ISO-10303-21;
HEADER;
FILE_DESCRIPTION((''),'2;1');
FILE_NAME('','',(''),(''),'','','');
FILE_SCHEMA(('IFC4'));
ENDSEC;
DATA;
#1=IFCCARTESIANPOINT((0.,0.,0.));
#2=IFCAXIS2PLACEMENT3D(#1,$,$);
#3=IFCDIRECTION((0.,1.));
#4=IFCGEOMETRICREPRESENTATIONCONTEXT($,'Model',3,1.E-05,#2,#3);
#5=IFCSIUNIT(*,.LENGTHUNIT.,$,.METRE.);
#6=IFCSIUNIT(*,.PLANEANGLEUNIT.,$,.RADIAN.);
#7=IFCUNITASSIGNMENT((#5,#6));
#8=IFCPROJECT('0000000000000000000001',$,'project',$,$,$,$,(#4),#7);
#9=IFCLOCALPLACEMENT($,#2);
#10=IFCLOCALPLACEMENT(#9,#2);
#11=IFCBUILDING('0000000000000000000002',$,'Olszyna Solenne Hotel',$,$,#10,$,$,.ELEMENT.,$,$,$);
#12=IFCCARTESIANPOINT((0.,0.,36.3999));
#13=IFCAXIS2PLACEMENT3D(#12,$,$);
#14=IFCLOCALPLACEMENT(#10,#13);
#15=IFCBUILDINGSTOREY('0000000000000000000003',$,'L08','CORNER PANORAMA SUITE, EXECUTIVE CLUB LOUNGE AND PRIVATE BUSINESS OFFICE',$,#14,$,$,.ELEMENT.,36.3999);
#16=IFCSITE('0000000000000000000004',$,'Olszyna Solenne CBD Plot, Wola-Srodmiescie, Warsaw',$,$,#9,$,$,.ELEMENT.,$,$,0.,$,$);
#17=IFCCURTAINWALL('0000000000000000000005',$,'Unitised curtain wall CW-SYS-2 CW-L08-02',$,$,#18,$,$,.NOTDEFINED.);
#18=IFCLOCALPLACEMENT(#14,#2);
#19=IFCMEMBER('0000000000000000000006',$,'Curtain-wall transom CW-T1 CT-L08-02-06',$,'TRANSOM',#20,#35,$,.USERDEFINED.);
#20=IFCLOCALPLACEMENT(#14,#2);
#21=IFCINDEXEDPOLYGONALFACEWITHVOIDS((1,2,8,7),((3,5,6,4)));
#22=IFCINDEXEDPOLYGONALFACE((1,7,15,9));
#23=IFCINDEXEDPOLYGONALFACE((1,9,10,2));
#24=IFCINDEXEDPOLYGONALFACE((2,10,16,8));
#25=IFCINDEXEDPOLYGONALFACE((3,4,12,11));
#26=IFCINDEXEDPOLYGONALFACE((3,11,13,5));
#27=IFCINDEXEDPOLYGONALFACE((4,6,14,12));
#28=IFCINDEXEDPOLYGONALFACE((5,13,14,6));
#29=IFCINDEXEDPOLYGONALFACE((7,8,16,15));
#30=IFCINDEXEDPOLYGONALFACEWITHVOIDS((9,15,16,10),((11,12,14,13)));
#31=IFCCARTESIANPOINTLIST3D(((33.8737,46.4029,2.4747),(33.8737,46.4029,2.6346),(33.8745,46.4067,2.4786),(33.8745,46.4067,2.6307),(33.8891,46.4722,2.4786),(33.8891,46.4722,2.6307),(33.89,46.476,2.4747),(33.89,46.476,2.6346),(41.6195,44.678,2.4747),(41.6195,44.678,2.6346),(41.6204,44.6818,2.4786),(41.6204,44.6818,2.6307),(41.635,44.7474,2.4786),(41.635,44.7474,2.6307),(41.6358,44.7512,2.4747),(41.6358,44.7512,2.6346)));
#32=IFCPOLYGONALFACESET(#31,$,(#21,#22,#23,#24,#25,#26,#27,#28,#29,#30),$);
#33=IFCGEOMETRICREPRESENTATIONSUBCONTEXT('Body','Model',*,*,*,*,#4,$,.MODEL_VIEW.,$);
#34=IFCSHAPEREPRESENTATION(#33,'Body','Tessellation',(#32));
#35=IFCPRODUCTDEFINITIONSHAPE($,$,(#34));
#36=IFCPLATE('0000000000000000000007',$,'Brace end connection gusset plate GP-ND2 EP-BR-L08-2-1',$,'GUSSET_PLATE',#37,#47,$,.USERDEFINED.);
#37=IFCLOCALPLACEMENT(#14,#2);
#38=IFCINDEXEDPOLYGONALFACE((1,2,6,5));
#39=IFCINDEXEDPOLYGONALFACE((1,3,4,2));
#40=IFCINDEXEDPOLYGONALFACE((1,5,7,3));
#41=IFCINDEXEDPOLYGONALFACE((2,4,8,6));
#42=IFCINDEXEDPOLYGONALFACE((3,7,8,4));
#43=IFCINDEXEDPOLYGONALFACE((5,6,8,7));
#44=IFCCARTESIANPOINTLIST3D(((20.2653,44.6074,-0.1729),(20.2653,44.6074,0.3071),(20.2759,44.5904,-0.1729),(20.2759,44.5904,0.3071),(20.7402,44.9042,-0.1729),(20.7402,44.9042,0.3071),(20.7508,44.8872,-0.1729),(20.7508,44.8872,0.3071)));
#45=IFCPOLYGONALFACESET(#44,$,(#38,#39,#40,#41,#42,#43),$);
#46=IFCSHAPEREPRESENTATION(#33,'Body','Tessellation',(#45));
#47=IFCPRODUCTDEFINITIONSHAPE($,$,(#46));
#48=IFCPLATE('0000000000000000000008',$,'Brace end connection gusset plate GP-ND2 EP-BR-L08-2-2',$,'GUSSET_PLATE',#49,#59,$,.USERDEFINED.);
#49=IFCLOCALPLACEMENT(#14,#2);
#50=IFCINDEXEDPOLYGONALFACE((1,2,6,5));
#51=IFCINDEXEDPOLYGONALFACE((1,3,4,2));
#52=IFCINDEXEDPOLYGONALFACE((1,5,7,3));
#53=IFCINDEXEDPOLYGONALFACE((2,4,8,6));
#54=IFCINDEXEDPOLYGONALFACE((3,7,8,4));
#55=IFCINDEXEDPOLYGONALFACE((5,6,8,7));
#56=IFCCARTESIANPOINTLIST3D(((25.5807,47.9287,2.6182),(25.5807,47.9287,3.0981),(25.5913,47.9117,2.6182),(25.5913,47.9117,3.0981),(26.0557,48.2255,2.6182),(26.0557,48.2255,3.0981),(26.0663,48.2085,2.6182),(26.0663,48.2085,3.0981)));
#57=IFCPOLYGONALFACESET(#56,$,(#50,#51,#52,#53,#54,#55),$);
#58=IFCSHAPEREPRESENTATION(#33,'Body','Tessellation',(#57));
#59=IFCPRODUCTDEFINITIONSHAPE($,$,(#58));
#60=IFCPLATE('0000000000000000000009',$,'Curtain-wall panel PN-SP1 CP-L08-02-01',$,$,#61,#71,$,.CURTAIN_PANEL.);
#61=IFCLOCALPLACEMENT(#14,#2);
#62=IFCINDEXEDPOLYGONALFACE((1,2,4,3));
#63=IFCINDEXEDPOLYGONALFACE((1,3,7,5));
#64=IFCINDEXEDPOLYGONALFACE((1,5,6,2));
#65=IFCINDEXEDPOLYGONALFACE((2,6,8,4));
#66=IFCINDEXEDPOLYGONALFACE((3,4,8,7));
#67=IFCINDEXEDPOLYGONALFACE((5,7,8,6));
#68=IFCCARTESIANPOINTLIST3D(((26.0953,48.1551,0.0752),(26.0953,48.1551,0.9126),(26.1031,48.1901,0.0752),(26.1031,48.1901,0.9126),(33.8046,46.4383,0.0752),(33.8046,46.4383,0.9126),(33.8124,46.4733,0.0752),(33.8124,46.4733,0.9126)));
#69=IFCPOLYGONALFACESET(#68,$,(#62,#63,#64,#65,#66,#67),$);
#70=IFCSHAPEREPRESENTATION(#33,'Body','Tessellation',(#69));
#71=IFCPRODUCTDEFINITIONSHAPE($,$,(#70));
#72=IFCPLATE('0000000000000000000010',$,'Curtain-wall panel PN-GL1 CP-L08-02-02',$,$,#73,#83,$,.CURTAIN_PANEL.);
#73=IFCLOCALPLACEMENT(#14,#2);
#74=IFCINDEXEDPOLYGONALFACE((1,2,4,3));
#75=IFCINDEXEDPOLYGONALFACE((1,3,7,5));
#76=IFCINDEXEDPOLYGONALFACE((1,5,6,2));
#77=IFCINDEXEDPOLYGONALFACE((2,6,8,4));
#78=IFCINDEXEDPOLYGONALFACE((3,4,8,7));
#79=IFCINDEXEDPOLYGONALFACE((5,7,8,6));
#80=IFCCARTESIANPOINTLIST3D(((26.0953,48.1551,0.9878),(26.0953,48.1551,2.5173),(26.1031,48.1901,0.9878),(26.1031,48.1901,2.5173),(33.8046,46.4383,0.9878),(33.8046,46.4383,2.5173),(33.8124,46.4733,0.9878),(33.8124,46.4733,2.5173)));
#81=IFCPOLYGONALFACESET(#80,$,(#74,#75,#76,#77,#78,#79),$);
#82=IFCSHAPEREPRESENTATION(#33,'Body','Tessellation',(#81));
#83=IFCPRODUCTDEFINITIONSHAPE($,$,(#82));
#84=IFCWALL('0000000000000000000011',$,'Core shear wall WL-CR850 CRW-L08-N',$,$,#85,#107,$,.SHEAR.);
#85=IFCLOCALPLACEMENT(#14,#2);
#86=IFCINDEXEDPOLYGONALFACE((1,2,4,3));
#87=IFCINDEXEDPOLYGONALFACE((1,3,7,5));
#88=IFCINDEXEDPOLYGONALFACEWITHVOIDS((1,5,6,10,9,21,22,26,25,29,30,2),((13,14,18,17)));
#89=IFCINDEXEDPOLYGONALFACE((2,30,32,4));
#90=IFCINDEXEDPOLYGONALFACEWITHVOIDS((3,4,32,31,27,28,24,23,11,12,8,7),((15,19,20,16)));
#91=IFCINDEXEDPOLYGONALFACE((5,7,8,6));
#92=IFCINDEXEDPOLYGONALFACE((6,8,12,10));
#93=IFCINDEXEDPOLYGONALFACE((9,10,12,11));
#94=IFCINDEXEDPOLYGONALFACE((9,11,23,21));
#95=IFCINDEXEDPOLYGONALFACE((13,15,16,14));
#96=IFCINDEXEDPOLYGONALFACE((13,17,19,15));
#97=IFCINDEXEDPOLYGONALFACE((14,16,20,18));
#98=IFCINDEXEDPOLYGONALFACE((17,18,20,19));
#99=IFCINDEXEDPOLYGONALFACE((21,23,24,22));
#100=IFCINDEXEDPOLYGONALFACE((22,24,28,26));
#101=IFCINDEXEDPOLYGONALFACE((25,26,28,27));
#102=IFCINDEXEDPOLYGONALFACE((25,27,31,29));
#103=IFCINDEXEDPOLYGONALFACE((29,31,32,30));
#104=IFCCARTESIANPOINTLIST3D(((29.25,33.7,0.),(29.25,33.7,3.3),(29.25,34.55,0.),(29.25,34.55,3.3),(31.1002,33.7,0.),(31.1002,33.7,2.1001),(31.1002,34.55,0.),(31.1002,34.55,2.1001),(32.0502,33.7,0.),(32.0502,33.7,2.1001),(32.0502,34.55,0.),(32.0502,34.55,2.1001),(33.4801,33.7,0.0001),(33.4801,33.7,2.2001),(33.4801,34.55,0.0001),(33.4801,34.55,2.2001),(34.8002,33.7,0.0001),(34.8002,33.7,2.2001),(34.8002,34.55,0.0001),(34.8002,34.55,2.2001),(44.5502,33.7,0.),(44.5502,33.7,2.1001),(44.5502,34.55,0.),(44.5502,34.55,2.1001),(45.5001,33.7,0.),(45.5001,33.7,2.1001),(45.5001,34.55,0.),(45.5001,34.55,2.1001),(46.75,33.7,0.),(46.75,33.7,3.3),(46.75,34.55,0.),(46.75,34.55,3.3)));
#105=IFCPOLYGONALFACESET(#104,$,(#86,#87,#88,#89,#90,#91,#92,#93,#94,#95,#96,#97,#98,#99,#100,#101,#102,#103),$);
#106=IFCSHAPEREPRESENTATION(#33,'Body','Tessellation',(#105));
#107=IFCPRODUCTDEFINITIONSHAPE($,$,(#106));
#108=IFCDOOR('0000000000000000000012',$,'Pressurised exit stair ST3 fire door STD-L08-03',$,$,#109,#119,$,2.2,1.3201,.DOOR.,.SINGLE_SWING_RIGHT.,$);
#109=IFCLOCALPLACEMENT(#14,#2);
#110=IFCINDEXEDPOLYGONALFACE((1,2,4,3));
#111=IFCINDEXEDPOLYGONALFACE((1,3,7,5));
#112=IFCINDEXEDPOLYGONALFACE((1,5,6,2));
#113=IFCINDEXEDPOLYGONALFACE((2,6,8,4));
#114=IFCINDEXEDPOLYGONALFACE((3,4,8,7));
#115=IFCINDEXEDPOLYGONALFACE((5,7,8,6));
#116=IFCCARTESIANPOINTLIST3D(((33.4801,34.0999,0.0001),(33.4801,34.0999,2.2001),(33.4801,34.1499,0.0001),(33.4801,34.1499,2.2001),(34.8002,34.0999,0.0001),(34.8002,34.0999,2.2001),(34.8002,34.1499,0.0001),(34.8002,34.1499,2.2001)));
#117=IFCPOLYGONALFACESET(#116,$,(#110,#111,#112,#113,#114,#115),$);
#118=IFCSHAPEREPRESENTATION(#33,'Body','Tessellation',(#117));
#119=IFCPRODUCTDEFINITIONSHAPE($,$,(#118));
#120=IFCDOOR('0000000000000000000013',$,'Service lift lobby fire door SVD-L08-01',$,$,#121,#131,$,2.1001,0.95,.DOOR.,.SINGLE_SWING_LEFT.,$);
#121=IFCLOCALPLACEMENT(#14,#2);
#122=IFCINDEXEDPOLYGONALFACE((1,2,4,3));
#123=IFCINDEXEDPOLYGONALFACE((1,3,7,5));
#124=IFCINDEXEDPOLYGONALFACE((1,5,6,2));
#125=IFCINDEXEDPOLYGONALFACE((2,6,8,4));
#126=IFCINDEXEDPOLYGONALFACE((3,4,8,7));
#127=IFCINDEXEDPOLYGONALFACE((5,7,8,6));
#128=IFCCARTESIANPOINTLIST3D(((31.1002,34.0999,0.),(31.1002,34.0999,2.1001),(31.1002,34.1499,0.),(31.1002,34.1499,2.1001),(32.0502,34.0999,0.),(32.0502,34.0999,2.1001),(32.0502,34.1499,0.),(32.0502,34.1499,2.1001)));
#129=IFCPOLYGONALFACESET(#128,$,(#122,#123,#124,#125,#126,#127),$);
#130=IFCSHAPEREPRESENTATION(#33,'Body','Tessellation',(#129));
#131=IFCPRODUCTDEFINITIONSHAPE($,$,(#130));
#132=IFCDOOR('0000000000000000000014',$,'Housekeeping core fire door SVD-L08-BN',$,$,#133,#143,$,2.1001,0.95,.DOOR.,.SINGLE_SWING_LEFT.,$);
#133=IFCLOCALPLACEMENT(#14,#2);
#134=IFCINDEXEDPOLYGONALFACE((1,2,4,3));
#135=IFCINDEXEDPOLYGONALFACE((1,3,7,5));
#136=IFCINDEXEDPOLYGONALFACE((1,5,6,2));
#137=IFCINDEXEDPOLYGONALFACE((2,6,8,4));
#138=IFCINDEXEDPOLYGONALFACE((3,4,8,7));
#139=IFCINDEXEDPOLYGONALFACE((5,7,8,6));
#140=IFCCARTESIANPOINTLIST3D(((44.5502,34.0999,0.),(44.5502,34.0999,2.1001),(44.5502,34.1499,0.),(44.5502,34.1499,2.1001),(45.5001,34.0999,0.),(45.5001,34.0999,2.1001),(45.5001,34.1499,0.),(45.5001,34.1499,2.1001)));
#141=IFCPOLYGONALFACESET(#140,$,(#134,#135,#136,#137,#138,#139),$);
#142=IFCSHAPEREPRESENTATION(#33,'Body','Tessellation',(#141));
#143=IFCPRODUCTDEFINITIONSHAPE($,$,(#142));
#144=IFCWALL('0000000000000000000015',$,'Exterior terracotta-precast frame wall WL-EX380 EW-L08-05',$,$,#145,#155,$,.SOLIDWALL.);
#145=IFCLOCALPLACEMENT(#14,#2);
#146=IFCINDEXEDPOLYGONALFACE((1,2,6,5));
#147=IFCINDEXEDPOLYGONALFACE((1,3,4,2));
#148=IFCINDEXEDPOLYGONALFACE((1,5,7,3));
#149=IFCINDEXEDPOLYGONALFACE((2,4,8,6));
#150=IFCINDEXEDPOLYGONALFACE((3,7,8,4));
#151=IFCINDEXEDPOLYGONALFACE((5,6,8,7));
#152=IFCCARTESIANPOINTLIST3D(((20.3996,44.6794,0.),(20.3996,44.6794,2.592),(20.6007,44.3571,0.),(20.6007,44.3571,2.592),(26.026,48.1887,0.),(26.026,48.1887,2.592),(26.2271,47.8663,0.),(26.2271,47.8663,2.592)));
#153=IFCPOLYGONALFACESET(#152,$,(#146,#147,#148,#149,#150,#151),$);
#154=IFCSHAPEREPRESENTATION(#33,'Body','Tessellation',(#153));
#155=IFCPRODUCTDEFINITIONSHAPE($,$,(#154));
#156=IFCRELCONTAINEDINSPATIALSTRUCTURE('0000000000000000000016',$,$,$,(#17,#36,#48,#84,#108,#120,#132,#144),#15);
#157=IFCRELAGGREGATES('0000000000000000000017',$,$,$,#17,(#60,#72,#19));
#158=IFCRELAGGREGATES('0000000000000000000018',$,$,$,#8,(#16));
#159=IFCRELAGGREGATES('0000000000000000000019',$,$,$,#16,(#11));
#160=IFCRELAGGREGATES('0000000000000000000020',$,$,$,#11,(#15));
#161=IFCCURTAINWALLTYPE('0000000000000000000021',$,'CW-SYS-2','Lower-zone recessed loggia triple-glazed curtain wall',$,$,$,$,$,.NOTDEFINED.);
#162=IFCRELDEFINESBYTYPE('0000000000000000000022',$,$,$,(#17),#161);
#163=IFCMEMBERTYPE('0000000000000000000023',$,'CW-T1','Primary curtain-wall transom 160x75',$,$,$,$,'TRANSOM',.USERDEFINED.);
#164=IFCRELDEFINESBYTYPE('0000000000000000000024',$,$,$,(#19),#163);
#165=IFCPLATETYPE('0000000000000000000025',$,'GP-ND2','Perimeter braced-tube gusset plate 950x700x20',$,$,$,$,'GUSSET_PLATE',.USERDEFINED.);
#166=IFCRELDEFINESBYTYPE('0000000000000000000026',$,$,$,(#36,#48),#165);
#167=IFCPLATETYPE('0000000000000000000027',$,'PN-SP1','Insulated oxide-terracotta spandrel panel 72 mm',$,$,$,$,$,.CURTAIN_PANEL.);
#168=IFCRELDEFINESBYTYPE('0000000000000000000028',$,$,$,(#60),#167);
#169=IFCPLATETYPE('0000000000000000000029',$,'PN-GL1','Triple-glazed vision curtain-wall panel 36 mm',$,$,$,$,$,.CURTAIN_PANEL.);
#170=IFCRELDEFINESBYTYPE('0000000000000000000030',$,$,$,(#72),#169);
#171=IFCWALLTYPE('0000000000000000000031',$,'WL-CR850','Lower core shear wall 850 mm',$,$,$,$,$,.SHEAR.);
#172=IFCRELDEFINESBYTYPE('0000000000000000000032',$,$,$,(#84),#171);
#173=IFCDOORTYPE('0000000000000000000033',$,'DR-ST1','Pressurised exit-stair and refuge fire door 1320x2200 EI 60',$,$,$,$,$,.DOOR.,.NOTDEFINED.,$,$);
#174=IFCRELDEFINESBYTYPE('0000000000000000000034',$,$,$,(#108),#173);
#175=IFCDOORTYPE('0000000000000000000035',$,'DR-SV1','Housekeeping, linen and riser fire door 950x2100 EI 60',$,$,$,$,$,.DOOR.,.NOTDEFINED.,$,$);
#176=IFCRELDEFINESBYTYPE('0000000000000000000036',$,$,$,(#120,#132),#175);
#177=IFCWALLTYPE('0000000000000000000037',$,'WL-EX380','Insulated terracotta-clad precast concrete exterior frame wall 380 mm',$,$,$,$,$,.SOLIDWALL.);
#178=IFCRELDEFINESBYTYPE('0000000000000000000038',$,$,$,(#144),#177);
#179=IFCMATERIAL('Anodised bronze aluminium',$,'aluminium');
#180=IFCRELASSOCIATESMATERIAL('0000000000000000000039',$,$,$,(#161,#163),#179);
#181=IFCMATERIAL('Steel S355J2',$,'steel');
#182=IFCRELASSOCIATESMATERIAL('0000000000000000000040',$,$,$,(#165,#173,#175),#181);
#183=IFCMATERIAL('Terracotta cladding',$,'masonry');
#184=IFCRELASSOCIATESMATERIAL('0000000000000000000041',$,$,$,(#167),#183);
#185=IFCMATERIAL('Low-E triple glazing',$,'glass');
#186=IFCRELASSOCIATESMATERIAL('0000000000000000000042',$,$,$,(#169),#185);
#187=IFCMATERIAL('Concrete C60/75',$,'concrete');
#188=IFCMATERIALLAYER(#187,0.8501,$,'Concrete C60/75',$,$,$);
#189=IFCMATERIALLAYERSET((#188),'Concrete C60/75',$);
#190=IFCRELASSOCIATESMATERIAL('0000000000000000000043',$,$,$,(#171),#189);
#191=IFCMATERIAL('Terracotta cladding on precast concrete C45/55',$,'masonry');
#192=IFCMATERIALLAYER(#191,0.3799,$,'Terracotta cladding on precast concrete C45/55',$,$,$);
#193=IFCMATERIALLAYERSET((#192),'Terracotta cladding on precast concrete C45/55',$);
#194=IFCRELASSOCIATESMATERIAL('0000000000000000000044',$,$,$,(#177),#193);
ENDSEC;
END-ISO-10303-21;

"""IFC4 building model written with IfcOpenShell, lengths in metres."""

from ifc_helpers import new_model, si_unit, direction, frame, frame_2d, origin, origin_2d, place, context, subcontext, project, spatial, rectangle, hollow_rectangle, extrude, source, transform, mapped, material, layer, layer_set, material_profile, profile_set, type_object, type_shapes, element, fill, aggregate, save


model = new_model("IFC4")

# Units and contexts
model_context = context("Model", 3, precision=1e-05, world=origin(), true_north=direction((0.0, 1.0)))
body_context = subcontext(model_context, "Body", "Model", "MODEL_VIEW")
ifc_project = project(units=[si_unit("LENGTHUNIT", "METRE"), si_unit("PLANEANGLEUNIT", "RADIAN")], contexts=[model_context])

# Site, building, storey
site_placement = place(None, origin())
site = spatial("IfcSite", under=ifc_project, at=site_placement, Name="Olszyna Solenne CBD Plot, Wola-Srodmiescie, Warsaw", CompositionType="ELEMENT", RefElevation=0.0)
building_placement = place(site_placement, origin())
building = spatial("IfcBuilding", under=site, at=building_placement, Name="Olszyna Solenne Hotel", CompositionType="ELEMENT")
storey_placement = place(building_placement, frame((0.0, 0.0, 36.3999)))
storey = spatial("IfcBuildingStorey", under=building, at=storey_placement, Name="L08", Description="CORNER PANORAMA SUITE, EXECUTIVE CLUB LOUNGE AND PRIVATE BUSINESS OFFICE", CompositionType="ELEMENT", Elevation=36.3999)

# Shared definitions
ifc_material_1 = material(Name="Steel S355J2", Category="steel")

# Curtain wall, member
ifc_material_2 = material(Name="Anodised bronze aluminium", Category="aluminium")
curtain_wall_type = type_object("IfcCurtainWallType", Name="CW-SYS-2", Description="Lower-zone recessed loggia triple-glazed curtain wall", PredefinedType="NOTDEFINED", material=ifc_material_2)
curtain_wall_placement = place(storey_placement, origin())
curtain_wall = element("IfcCurtainWall", 1, at=curtain_wall_placement, inside=storey, type_object=curtain_wall_type, Name="Unitised curtain wall CW-SYS-2 CW-L08-02", PredefinedType="NOTDEFINED")
ifc_material_profile_1 = material_profile(ifc_material_2, hollow_rectangle(XDim=0.075, YDim=0.1599, WallThickness=0.0039, at=origin_2d()), Name="TRAN 160x75x4", Category="load-bearing")
ifc_profile_set_1 = profile_set([ifc_material_profile_1], Name="Anodised bronze aluminium")
member_type_1 = type_object("IfcMemberType", Name="CW-T1", Description="Primary curtain-wall transom 160x75", ElementType="TRANSOM", PredefinedType="USERDEFINED", material=ifc_profile_set_1)
shared_shape_1 = source(origin(), body_context, "Body", "SweptSolid", [
    extrude(hollow_rectangle(XDim=0.075, YDim=0.1599, WallThickness=0.0039, at=origin_2d()), origin(), (0.0, 0.0, 1.0), 7.9355),
])
member_1_placement = place(storey_placement, frame((33.8818, 46.4395, 2.5547), z_axis=(0.976092, -0.217357, 0.0), x_axis=(0.217357, 0.976092, 0.0)))
member_1 = element("IfcMember", 2, at=member_1_placement, type_object=member_type_1, Name="Curtain-wall transom CW-T1 CT-L08-02-06", ObjectType="TRANSOM", PredefinedType="USERDEFINED", context=body_context, shape_type="MappedRepresentation", body=[
    mapped(shared_shape_1, transform((0.0, 0.0, 0.0), x_axis=(1.0, 0.0, 0.0), y_axis=(0.0, 1.0, 0.0), z_axis=(0.0, 0.0, 1.0), scale=1.0)),
])

# Plates
plate_type_1 = type_object("IfcPlateType", Name="GP-ND2", Description="Perimeter braced-tube gusset plate 950x700x20", ElementType="GUSSET_PLATE", PredefinedType="USERDEFINED", material=ifc_material_1)
shared_shape_2 = source(origin(), body_context, "Body", "SweptSolid", [
    extrude(rectangle(XDim=0.5601, YDim=0.02, at=origin_2d()), origin(), (0.0, 0.0, 1.0), 0.48),
])
for number, where, z_axis, x_axis, name in (
    (3, (20.5081, 44.7473, -0.1729), (0.0, 0.0, 1.0), (0.848048, 0.529919, 0.0), "Brace end connection gusset plate GP-ND2 EP-BR-L08-2-1"),
    (4, (25.8235, 48.0686, 2.6182), (0.0, 0.0, 1.0), (0.848048, 0.529919, 0.0), "Brace end connection gusset plate GP-ND2 EP-BR-L08-2-2"),
):
    element("IfcPlate", number, at=place(storey_placement, frame(where, z_axis=z_axis, x_axis=x_axis)), inside=storey, type_object=plate_type_1, Name=name, ObjectType="GUSSET_PLATE", PredefinedType="USERDEFINED", context=body_context, shape_type="MappedRepresentation", body=[
        mapped(shared_shape_2, transform((0.0, 0.0, 0.0), x_axis=(1.0, 0.0, 0.0), y_axis=(0.0, 1.0, 0.0), z_axis=(0.0, 0.0, 1.0), scale=1.0)),
    ])

# Plates
ifc_material_3 = material(Name="Terracotta cladding", Category="masonry")
plate_type_2 = type_object("IfcPlateType", Name="PN-SP1", Description="Insulated oxide-terracotta spandrel panel 72 mm", PredefinedType="CURTAIN_PANEL", material=ifc_material_3)
shared_shape_3 = source(origin(), body_context, "Body", "SweptSolid", [
    extrude(rectangle(XDim=7.8982, YDim=0.0359, at=origin_2d()), origin(), (0.0, 0.0, 1.0), 0.8374),
])
plate_1_placement = place(storey_placement, frame((29.9539, 47.3142, 0.0752), z_axis=(0.0, 0.0, 1.0), x_axis=(0.97609, -0.217365, 0.0)))
plate_1 = element("IfcPlate", 5, at=plate_1_placement, type_object=plate_type_2, Name="Curtain-wall panel PN-SP1 CP-L08-02-01", PredefinedType="CURTAIN_PANEL", context=body_context, shape_type="MappedRepresentation", body=[
    mapped(shared_shape_3, transform((0.0, 0.0, 0.0), x_axis=(1.0, 0.0, 0.0), y_axis=(0.0, 1.0, 0.0), z_axis=(0.0, 0.0, 1.0), scale=1.0)),
])
ifc_material_4 = material(Name="Low-E triple glazing", Category="glass")
plate_type_3 = type_object("IfcPlateType", Name="PN-GL1", Description="Triple-glazed vision curtain-wall panel 36 mm", PredefinedType="CURTAIN_PANEL", material=ifc_material_4)
shared_shape_4 = source(origin(), body_context, "Body", "SweptSolid", [
    extrude(rectangle(XDim=7.8982, YDim=0.0359, at=origin_2d()), origin(), (0.0, 0.0, 1.0), 1.5295),
])
plate_2_placement = place(storey_placement, frame((29.9539, 47.3142, 0.9878), z_axis=(0.0, 0.0, 1.0), x_axis=(0.97609, -0.217365, 0.0)))
plate_2 = element("IfcPlate", 6, at=plate_2_placement, type_object=plate_type_3, Name="Curtain-wall panel PN-GL1 CP-L08-02-02", PredefinedType="CURTAIN_PANEL", context=body_context, shape_type="MappedRepresentation", body=[
    mapped(shared_shape_4, transform((0.0, 0.0, 0.0), x_axis=(1.0, 0.0, 0.0), y_axis=(0.0, 1.0, 0.0), z_axis=(0.0, 0.0, 1.0), scale=1.0)),
])
aggregate(curtain_wall, [plate_1, plate_2, member_1])

# Wall, openings, doors
ifc_material_5 = material(Name="Concrete C60/75", Category="concrete")
ifc_layer_1 = layer(ifc_material_5, 0.8501, Name="Concrete C60/75")
ifc_layer_set_1 = layer_set([ifc_layer_1], Name="Concrete C60/75")
wall_type_1 = type_object("IfcWallType", Name="WL-CR850", Description="Lower core shear wall 850 mm", PredefinedType="SHEAR", material=ifc_layer_set_1)
wall_1_placement = place(storey_placement, frame((29.25, 34.125, 0.0), z_axis=(0.0, 0.0, 1.0), x_axis=(1.0, 0.0, 0.0)))
wall_1 = element("IfcWall", 7, at=wall_1_placement, inside=storey, type_object=wall_type_1, Name="Core shear wall WL-CR850 CRW-L08-N", PredefinedType="SHEAR", context=body_context, shape_type="SweptSolid", body=[
    extrude(rectangle(XDim=17.5, YDim=0.8501, at=frame_2d((8.75, 0.0))), origin(), (0.0, 0.0, 1.0), 3.3),
])
opening_1_placement = place(wall_1_placement, frame((1.8501, 0.0, 0.0)))
opening_1 = element("IfcOpeningElement", 8, at=opening_1_placement, cuts=wall_1, PredefinedType="OPENING", context=body_context, shape_type="SweptSolid", body=[
    extrude(rectangle(XDim=0.95, YDim=2.1001, at=frame_2d((0.4751, 1.05))), frame((0.0, 0.4351, 0.0), z_axis=(0.0, -1.0, 0.0), x_axis=(1.0, 0.0, 0.0)), (0.0, 0.0, 1.0), 0.8701),
])
opening_2_placement = place(wall_1_placement, frame((4.23, 0.0, 0.0)))
opening_2 = element("IfcOpeningElement", 9, at=opening_2_placement, cuts=wall_1, PredefinedType="OPENING", context=body_context, shape_type="SweptSolid", body=[
    extrude(rectangle(XDim=1.3201, YDim=2.2, at=frame_2d((0.6602, 1.1001))), frame((0.0, 0.4351, 0.0), z_axis=(0.0, -1.0, 0.0), x_axis=(1.0, 0.0, 0.0)), (0.0, 0.0, 1.0), 0.8701),
])
opening_3_placement = place(wall_1_placement, frame((15.3, 0.0, 0.0)))
opening_3 = element("IfcOpeningElement", 10, at=opening_3_placement, cuts=wall_1, PredefinedType="OPENING", context=body_context, shape_type="SweptSolid", body=[
    extrude(rectangle(XDim=0.95, YDim=2.1001, at=frame_2d((0.4751, 1.05))), frame((0.0, 0.4351, 0.0), z_axis=(0.0, -1.0, 0.0), x_axis=(1.0, 0.0, 0.0)), (0.0, 0.0, 1.0), 0.8701),
])
door_type_1 = type_object("IfcDoorType", Name="DR-ST1", Description="Pressurised exit-stair and refuge fire door 1320x2200 EI 60", OperationType="NOTDEFINED", PredefinedType="DOOR", material=ifc_material_1)
shared_shape_5 = source(origin(), body_context, "Body", "SweptSolid", [
    extrude(rectangle(XDim=1.3201, YDim=2.2, at=frame_2d((0.6602, 1.1001))), frame((0.0, 0.0249, 0.0), z_axis=(0.0, -1.0, 0.0), x_axis=(1.0, 0.0, 0.0)), (0.0, 0.0, 1.0), 0.05),
])
type_shapes(door_type_1, [shared_shape_5])
door_1_placement = place(opening_2_placement, origin())
door_1 = element("IfcDoor", 11, at=door_1_placement, inside=storey, type_object=door_type_1, Name="Pressurised exit stair ST3 fire door STD-L08-03", OperationType="SINGLE_SWING_RIGHT", OverallHeight=2.2, OverallWidth=1.3201, PredefinedType="DOOR", context=body_context, shape_type="MappedRepresentation", body=[
    mapped(shared_shape_5, transform((0.0, 0.0, 0.0), x_axis=(1.0, 0.0, 0.0), y_axis=(0.0, 1.0, 0.0), z_axis=(0.0, 0.0, 1.0), scale=1.0)),
])
fill(opening_2, door_1)
door_type_2 = type_object("IfcDoorType", Name="DR-SV1", Description="Housekeeping, linen and riser fire door 950x2100 EI 60", OperationType="NOTDEFINED", PredefinedType="DOOR", material=ifc_material_1)
shared_shape_6 = source(origin(), body_context, "Body", "SweptSolid", [
    extrude(rectangle(XDim=0.95, YDim=2.1001, at=frame_2d((0.4751, 1.05))), frame((0.0, 0.0249, 0.0), z_axis=(0.0, -1.0, 0.0), x_axis=(1.0, 0.0, 0.0)), (0.0, 0.0, 1.0), 0.05),
])
type_shapes(door_type_2, [shared_shape_6])
door_2_placement = place(opening_1_placement, origin())
door_2 = element("IfcDoor", 12, at=door_2_placement, inside=storey, type_object=door_type_2, Name="Service lift lobby fire door SVD-L08-01", OperationType="SINGLE_SWING_LEFT", OverallHeight=2.1001, OverallWidth=0.95, PredefinedType="DOOR", context=body_context, shape_type="MappedRepresentation", body=[
    mapped(shared_shape_6, transform((0.0, 0.0, 0.0), x_axis=(1.0, 0.0, 0.0), y_axis=(0.0, 1.0, 0.0), z_axis=(0.0, 0.0, 1.0), scale=1.0)),
])
fill(opening_1, door_2)
door_3_placement = place(opening_3_placement, origin())
door_3 = element("IfcDoor", 13, at=door_3_placement, inside=storey, type_object=door_type_2, Name="Housekeeping core fire door SVD-L08-BN", OperationType="SINGLE_SWING_LEFT", OverallHeight=2.1001, OverallWidth=0.95, PredefinedType="DOOR", context=body_context, shape_type="MappedRepresentation", body=[
    mapped(shared_shape_6, transform((0.0, 0.0, 0.0), x_axis=(1.0, 0.0, 0.0), y_axis=(0.0, 1.0, 0.0), z_axis=(0.0, 0.0, 1.0), scale=1.0)),
])
fill(opening_3, door_3)

# Wall
ifc_material_6 = material(Name="Terracotta cladding on precast concrete C45/55", Category="masonry")
ifc_layer_2 = layer(ifc_material_6, 0.3799, Name="Terracotta cladding on precast concrete C45/55")
ifc_layer_set_2 = layer_set([ifc_layer_2], Name="Terracotta cladding on precast concrete C45/55")
wall_type_2 = type_object("IfcWallType", Name="WL-EX380", Description="Insulated terracotta-clad precast concrete exterior frame wall 380 mm", PredefinedType="SOLIDWALL", material=ifc_layer_set_2)
wall_2_placement = place(storey_placement, frame((20.5002, 44.5183, 0.0), z_axis=(0.0, 0.0, 1.0), x_axis=(0.84849, 0.529211, 0.0)))
element("IfcWall", 14, at=wall_2_placement, inside=storey, type_object=wall_type_2, Name="Exterior terracotta-precast frame wall WL-EX380 EW-L08-05", PredefinedType="SOLIDWALL", context=body_context, shape_type="SweptSolid", body=[
    extrude(rectangle(XDim=6.6311, YDim=0.3799, at=frame_2d((3.3154, 0.0))), origin(), (0.0, 0.0, 1.0), 2.592),
])

save(model, "model.ifc")
